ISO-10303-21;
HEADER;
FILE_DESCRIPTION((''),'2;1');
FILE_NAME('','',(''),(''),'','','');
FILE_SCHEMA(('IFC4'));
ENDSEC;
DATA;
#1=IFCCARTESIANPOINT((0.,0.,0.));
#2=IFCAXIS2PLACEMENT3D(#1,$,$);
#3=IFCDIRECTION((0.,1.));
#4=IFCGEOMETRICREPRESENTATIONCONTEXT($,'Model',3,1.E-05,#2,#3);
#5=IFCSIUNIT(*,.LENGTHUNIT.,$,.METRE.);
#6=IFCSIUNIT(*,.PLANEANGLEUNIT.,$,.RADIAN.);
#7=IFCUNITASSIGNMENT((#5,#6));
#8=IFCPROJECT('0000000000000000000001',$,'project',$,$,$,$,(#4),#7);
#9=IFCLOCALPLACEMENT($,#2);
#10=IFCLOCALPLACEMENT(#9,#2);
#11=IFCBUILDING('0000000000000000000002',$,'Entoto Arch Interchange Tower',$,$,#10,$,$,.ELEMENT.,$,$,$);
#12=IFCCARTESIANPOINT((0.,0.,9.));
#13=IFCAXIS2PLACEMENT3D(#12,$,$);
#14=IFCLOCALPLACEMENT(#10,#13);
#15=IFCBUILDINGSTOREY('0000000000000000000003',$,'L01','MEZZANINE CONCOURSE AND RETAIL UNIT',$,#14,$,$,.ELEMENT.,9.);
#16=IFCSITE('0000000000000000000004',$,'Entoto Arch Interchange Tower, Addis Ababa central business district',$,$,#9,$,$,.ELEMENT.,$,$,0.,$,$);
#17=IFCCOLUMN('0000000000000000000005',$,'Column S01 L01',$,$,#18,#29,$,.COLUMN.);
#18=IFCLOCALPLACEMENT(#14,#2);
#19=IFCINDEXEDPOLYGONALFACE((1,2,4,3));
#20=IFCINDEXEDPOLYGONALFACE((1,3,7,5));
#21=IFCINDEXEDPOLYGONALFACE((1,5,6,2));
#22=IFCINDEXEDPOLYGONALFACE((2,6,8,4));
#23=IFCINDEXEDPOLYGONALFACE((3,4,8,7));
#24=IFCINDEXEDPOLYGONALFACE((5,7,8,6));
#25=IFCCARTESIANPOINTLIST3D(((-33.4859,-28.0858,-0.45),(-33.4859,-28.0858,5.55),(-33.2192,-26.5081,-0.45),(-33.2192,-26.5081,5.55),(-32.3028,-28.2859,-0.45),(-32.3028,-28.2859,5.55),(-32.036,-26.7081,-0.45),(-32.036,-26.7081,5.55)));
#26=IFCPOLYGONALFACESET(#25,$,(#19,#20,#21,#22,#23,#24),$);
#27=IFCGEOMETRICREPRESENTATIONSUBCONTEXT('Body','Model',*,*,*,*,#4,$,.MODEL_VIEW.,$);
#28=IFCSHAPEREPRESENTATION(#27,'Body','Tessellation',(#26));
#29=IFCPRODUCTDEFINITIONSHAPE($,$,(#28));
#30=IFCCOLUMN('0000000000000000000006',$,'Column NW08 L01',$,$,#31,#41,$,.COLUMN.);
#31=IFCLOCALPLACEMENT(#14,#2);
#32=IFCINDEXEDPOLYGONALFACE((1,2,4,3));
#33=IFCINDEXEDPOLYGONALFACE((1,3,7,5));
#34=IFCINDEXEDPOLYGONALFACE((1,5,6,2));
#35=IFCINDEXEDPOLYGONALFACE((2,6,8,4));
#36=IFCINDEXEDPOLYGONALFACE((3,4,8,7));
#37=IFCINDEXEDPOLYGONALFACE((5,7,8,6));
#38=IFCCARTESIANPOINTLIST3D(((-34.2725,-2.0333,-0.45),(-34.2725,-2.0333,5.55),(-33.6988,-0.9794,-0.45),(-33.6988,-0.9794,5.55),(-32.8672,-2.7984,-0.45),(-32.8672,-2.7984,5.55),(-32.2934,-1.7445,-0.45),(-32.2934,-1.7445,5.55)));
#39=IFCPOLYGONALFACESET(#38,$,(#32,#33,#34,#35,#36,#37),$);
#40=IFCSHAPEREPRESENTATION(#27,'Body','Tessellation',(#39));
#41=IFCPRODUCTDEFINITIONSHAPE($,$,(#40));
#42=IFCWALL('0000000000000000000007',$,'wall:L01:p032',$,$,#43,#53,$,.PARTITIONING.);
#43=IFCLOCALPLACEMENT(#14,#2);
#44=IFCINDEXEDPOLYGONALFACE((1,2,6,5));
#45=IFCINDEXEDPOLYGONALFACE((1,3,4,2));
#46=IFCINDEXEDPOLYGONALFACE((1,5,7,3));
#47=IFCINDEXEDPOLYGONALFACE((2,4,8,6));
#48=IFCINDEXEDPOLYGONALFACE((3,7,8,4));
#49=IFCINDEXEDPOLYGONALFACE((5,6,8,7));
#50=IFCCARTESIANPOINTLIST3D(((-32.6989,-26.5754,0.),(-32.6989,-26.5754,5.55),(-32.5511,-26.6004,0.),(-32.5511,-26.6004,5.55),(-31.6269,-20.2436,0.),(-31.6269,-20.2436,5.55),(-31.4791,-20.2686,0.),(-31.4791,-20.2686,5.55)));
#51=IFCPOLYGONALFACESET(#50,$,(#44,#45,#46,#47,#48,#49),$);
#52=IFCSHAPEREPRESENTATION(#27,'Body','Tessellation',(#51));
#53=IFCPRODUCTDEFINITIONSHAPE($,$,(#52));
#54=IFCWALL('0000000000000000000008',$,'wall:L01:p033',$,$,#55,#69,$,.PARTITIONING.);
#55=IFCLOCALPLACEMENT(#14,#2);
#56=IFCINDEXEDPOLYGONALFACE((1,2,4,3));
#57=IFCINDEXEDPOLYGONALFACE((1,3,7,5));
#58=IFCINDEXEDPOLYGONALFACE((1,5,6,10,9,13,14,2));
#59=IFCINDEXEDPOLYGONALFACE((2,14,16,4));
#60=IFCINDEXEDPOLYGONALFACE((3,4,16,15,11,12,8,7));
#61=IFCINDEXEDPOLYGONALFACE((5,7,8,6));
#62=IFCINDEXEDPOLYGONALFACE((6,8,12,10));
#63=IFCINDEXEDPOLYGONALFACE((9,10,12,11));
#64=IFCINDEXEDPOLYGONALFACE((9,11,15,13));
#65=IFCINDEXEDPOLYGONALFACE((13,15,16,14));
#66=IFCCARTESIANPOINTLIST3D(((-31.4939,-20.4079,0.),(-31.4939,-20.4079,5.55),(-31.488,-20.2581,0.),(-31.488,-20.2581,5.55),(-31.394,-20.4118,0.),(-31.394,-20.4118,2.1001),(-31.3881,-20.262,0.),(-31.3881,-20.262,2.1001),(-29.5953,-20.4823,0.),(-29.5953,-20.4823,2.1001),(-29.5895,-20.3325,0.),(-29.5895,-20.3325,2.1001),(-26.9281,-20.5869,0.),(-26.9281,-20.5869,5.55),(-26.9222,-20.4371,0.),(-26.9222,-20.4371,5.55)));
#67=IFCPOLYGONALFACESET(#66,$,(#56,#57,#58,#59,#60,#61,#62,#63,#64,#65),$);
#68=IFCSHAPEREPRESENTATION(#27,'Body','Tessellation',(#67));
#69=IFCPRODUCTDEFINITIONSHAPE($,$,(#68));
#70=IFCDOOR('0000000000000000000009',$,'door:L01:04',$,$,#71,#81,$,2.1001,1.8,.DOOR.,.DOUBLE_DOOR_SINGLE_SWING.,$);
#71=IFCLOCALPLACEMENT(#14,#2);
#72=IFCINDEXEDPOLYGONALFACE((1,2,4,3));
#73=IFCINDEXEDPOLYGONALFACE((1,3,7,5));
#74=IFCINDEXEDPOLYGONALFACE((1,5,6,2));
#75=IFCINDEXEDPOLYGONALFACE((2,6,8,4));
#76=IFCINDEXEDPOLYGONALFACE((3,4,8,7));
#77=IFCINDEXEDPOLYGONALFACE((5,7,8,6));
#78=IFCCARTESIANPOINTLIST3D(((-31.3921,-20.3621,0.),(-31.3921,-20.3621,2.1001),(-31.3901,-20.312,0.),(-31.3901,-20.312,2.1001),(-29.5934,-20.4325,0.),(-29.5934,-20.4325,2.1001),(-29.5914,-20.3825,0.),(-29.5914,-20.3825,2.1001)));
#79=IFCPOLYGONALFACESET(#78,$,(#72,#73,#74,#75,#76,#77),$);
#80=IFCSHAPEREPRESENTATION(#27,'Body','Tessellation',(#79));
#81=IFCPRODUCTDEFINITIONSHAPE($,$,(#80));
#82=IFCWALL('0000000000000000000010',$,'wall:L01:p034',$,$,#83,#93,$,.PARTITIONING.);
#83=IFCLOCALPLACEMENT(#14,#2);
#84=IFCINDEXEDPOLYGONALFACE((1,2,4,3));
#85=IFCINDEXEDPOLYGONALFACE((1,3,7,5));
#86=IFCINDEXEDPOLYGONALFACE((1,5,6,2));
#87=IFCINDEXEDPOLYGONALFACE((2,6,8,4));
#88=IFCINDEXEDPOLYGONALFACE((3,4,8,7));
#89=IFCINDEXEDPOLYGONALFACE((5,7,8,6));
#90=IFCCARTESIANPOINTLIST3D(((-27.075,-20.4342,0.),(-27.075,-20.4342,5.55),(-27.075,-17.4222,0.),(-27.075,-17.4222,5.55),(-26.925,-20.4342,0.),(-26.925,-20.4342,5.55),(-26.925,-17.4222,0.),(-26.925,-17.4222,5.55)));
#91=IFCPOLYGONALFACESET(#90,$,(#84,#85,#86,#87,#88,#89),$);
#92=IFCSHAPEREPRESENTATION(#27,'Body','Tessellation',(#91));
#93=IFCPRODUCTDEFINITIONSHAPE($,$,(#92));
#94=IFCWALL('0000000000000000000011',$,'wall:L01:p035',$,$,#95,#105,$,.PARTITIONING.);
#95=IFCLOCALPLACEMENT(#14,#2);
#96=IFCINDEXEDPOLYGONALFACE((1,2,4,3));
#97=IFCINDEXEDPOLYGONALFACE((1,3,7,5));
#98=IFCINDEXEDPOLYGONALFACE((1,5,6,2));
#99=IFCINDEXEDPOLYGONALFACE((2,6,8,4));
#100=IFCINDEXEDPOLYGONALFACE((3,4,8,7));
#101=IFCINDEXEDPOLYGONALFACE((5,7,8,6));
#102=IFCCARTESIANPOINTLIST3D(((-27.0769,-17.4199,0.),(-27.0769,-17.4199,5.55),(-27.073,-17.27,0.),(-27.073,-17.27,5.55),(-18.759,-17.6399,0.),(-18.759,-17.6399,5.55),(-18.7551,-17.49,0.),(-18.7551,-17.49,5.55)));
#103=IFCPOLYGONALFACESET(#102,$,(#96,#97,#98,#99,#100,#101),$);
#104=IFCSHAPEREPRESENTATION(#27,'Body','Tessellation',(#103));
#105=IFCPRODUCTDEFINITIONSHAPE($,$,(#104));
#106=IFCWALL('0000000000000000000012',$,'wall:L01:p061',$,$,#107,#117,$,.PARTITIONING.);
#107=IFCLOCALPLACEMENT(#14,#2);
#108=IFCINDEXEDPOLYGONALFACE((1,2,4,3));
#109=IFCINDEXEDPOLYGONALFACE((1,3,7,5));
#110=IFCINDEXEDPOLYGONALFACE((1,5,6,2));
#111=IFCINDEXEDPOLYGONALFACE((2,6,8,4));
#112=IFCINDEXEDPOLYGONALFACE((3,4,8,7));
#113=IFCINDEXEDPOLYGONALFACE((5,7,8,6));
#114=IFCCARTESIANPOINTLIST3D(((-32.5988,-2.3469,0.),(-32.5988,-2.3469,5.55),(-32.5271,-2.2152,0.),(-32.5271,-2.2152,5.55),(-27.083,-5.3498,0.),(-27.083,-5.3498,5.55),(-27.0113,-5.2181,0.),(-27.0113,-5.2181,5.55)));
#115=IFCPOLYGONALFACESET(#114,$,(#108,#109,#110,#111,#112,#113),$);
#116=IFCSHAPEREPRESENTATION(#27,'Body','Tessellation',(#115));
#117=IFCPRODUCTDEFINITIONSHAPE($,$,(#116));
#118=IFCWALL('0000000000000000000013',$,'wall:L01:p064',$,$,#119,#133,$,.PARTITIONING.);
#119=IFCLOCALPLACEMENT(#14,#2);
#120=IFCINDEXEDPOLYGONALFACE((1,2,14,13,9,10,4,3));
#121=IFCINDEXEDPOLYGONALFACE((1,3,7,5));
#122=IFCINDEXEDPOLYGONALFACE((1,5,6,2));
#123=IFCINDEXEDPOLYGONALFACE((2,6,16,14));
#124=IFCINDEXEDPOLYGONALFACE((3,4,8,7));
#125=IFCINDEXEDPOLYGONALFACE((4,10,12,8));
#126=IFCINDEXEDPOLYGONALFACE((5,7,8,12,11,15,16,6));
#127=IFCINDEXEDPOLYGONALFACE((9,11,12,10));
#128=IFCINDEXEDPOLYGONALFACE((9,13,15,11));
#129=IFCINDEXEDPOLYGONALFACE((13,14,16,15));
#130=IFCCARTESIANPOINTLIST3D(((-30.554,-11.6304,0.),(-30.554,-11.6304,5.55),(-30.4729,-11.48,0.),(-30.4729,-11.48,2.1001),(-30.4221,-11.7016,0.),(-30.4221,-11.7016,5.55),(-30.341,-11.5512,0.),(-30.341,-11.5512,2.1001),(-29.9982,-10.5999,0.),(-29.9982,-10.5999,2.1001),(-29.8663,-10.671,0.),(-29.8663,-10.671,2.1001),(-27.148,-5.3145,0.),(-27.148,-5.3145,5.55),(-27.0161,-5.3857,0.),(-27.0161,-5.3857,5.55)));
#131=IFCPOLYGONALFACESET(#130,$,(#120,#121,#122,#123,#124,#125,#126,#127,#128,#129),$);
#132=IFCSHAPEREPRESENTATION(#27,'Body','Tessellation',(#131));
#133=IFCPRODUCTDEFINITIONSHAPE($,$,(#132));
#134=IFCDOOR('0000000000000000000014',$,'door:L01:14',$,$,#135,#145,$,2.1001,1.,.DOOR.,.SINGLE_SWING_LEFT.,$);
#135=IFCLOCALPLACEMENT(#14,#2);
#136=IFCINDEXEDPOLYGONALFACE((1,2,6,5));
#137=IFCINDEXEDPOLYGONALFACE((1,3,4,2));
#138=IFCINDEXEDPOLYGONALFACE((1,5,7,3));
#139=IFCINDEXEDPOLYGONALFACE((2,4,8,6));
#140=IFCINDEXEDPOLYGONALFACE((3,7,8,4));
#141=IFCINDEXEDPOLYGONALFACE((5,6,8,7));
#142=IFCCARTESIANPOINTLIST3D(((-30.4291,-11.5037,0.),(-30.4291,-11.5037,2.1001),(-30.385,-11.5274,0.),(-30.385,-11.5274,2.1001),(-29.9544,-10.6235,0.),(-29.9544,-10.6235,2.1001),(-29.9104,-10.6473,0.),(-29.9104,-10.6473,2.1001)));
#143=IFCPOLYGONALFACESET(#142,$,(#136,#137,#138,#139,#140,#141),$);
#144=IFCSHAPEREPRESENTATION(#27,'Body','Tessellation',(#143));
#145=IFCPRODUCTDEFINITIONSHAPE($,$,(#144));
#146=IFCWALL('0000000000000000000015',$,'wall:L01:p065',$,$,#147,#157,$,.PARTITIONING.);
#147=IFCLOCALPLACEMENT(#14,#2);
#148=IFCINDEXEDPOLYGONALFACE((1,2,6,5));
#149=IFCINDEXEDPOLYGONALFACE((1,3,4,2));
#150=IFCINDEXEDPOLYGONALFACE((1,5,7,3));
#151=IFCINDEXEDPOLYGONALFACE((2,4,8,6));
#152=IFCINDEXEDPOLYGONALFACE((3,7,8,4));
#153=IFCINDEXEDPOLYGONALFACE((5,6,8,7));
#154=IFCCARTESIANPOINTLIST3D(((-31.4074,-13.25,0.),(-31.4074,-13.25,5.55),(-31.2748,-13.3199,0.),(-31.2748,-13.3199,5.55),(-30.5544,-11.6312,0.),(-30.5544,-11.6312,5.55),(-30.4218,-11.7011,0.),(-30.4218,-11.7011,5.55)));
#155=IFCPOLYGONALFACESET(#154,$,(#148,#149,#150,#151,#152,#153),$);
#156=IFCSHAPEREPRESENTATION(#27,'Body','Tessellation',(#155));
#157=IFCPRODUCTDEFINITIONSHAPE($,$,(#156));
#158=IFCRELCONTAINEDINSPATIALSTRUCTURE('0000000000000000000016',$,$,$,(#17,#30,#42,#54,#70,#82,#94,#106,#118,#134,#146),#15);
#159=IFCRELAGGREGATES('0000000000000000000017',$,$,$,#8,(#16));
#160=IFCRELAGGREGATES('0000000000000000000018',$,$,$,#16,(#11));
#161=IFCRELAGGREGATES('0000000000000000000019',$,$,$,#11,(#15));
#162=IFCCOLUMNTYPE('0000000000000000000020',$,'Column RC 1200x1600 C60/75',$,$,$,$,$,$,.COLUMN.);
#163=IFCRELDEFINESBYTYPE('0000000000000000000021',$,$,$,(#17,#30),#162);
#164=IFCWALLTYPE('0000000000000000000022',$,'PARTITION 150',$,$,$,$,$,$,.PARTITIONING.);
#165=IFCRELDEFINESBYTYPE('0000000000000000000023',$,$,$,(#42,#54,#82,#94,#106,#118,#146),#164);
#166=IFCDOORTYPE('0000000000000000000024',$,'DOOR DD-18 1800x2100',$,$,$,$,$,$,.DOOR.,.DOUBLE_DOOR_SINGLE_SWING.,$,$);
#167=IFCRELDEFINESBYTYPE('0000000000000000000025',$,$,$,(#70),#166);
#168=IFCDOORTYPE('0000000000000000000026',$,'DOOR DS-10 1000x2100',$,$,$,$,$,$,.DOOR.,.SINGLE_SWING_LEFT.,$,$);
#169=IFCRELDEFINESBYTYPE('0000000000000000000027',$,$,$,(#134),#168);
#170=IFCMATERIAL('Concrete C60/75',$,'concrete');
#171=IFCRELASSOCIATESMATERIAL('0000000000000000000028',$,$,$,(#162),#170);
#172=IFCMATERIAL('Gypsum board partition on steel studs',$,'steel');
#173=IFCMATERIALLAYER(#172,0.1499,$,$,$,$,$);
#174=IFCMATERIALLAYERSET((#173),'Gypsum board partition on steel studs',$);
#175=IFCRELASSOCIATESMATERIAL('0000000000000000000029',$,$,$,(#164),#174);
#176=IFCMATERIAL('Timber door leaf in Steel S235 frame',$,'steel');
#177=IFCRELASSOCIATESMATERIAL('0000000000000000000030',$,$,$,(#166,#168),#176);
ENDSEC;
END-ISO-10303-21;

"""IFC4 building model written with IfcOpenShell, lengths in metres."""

from ifc_helpers import new_model, si_unit, direction, frame, frame_2d, origin, origin_2d, place, context, subcontext, project, spatial, rectangle, extrude, material, layer, layer_set, material_profile, profile_set, type_object, element, fill, save


model = new_model("IFC4")

# Units and contexts
model_context = context("Model", 3, precision=1e-05, world=origin(), true_north=direction((0.0, 1.0)))
body_context = subcontext(model_context, "Body", "Model", "MODEL_VIEW")
ifc_project = project(units=[si_unit("LENGTHUNIT", "METRE"), si_unit("PLANEANGLEUNIT", "RADIAN")], contexts=[model_context])

# Site, building, storey
site_placement = place(None, origin())
site = spatial("IfcSite", under=ifc_project, at=site_placement, Name="Entoto Arch Interchange Tower, Addis Ababa central business district", CompositionType="ELEMENT", RefElevation=0.0)
building_placement = place(site_placement, origin())
building = spatial("IfcBuilding", under=site, at=building_placement, Name="Entoto Arch Interchange Tower", CompositionType="ELEMENT")
storey_placement = place(building_placement, frame((0.0, 0.0, 9.0)))
storey = spatial("IfcBuildingStorey", under=building, at=storey_placement, Name="L01", Description="MEZZANINE CONCOURSE AND RETAIL UNIT", CompositionType="ELEMENT", Elevation=9.0)

# Columns
ifc_material_1 = material(Name="Concrete C60/75", Category="concrete")
ifc_material_profile = material_profile(ifc_material_1, rectangle(XDim=1.2, YDim=1.6001, at=origin_2d()))
ifc_profile_set = profile_set([ifc_material_profile], Name="Concrete C60/75")
column_type = type_object("IfcColumnType", Name="Column RC 1200x1600 C60/75", PredefinedType="COLUMN", material=ifc_profile_set)
for number, where, z_axis, x_axis, name in (
    (1, (-32.761, -27.397, -0.45), (0.0, 0.0, 1.0), (-0.986005, 0.166717, 0.0), "Column S01 L01"),
    (2, (-33.283, -1.8889, -0.45), (0.0, 0.0, 1.0), (0.47814, 0.878284, 0.0), "Column NW08 L01"),
):
    element("IfcColumn", number, at=place(storey_placement, frame(where, z_axis=z_axis, x_axis=x_axis)), inside=storey, type_object=column_type, Name=name, PredefinedType="COLUMN", context=body_context, shape_type="SweptSolid", body=[
        extrude(rectangle(XDim=1.2, YDim=1.6001, at=origin_2d()), origin(), (0.0, 0.0, 1.0), 6.0),
    ])

# Wall
ifc_material_2 = material(Name="Gypsum board partition on steel studs", Category="steel")
ifc_layer_1 = layer(ifc_material_2, 0.1499)
ifc_layer_set_1 = layer_set([ifc_layer_1], Name="Gypsum board partition on steel studs")
wall_type_1 = type_object("IfcWallType", Name="PARTITION 150", PredefinedType="PARTITIONING", material=ifc_layer_set_1)
wall_1_placement = place(storey_placement, frame((-32.625, -26.5879, 0.0), z_axis=(0.0, 0.0, 1.0), x_axis=(0.166932, 0.985968, 0.0)))
element("IfcWall", 3, at=wall_1_placement, inside=storey, type_object=wall_type_1, Name="wall:L01:p032", PredefinedType="PARTITIONING", context=body_context, shape_type="SweptSolid", body=[
    extrude(rectangle(XDim=6.4219, YDim=0.1499, at=frame_2d((3.2109, 0.0))), origin(), (0.0, 0.0, 1.0), 5.55),
])

# Wall, opening, door
wall_2_placement = place(storey_placement, frame((-31.491, -20.333, 0.0), z_axis=(0.0, 0.0, 1.0), x_axis=(0.999233, -0.039164, 0.0)))
wall_2 = element("IfcWall", 4, at=wall_2_placement, inside=storey, type_object=wall_type_1, Name="wall:L01:p033", PredefinedType="PARTITIONING", context=body_context, shape_type="SweptSolid", body=[
    extrude(rectangle(XDim=4.5693, YDim=0.1499, at=frame_2d((2.2847, 0.0))), origin(), (0.0, 0.0, 1.0), 5.55),
])
opening_1_placement = place(wall_2_placement, frame((0.1001, 0.0, 0.0)))
opening_1 = element("IfcOpeningElement", 5, at=opening_1_placement, cuts=wall_2, PredefinedType="OPENING", context=body_context, shape_type="SweptSolid", body=[
    extrude(rectangle(XDim=1.8, YDim=2.1001, at=frame_2d((0.8999, 1.05))), frame((0.0, 0.085, 0.0), z_axis=(0.0, -1.0, 0.0), x_axis=(1.0, 0.0, 0.0)), (0.0, 0.0, 1.0), 0.1699),
])
ifc_material_3 = material(Name="Timber door leaf in Steel S235 frame", Category="steel")
door_type_1 = type_object("IfcDoorType", Name="DOOR DD-18 1800x2100", OperationType="DOUBLE_DOOR_SINGLE_SWING", PredefinedType="DOOR", material=ifc_material_3)
door_1_placement = place(opening_1_placement, origin())
door_1 = element("IfcDoor", 6, at=door_1_placement, inside=storey, type_object=door_type_1, Name="door:L01:04", OperationType="DOUBLE_DOOR_SINGLE_SWING", OverallHeight=2.1001, OverallWidth=1.8, PredefinedType="DOOR", context=body_context, shape_type="SweptSolid", body=[
    extrude(rectangle(XDim=1.8, YDim=2.1001, at=frame_2d((0.8999, 1.05))), frame((0.0, 0.0249, 0.0), z_axis=(0.0, -1.0, 0.0), x_axis=(1.0, 0.0, 0.0)), (0.0, 0.0, 1.0), 0.05),
])
fill(opening_1, door_1)

# Walls
wall_3_placement = place(storey_placement, frame((-27.0, -20.4341, 0.0), z_axis=(0.0, 0.0, 1.0), x_axis=(0.0, 1.0, 0.0)))
element("IfcWall", 7, at=wall_3_placement, inside=storey, type_object=wall_type_1, Name="wall:L01:p034", PredefinedType="PARTITIONING", context=body_context, shape_type="SweptSolid", body=[
    extrude(rectangle(XDim=3.012, YDim=0.1499, at=frame_2d((1.5059, 0.0))), origin(), (0.0, 0.0, 1.0), 5.55),
])
wall_4_placement = place(storey_placement, frame((-27.075, -17.345, 0.0), z_axis=(0.0, 0.0, 1.0), x_axis=(0.99965, -0.026436, 0.0)))
element("IfcWall", 8, at=wall_4_placement, inside=storey, type_object=wall_type_1, Name="wall:L01:p035", PredefinedType="PARTITIONING", context=body_context, shape_type="SweptSolid", body=[
    extrude(rectangle(XDim=8.3208, YDim=0.1499, at=frame_2d((4.1604, 0.0))), origin(), (0.0, 0.0, 1.0), 5.55),
])
wall_5_placement = place(storey_placement, frame((-27.0471, -5.2839, 0.0), z_axis=(0.0, 0.0, 1.0), x_axis=(-0.878279, 0.478149, 0.0)))
element("IfcWall", 9, at=wall_5_placement, inside=storey, type_object=wall_type_1, Name="wall:L01:p061", PredefinedType="PARTITIONING", context=body_context, shape_type="SweptSolid", body=[
    extrude(rectangle(XDim=6.2803, YDim=0.1499, at=frame_2d((3.1401, 0.0))), origin(), (0.0, 0.0, 1.0), 5.55),
])

# Wall, opening, door
wall_6_placement = place(storey_placement, frame((-27.082, -5.3501, 0.0), z_axis=(0.0, 0.0, 1.0), x_axis=(-0.474654, -0.880173, 0.0)))
wall_6 = element("IfcWall", 10, at=wall_6_placement, inside=storey, type_object=wall_type_1, Name="wall:L01:p064", PredefinedType="PARTITIONING", context=body_context, shape_type="SweptSolid", body=[
    extrude(rectangle(XDim=7.1758, YDim=0.1499, at=frame_2d((3.5879, 0.0))), origin(), (0.0, 0.0, 1.0), 5.55),
])
opening_2_placement = place(wall_6_placement, frame((6.0049, 0.0, 0.0)))
opening_2 = element("IfcOpeningElement", 11, at=opening_2_placement, cuts=wall_6, PredefinedType="OPENING", context=body_context, shape_type="SweptSolid", body=[
    extrude(rectangle(XDim=1.0, YDim=2.1001, at=frame_2d((0.5, 1.05))), frame((0.0, 0.085, 0.0), z_axis=(0.0, -1.0, 0.0), x_axis=(1.0, 0.0, 0.0)), (0.0, 0.0, 1.0), 0.1699),
])
door_type_2 = type_object("IfcDoorType", Name="DOOR DS-10 1000x2100", OperationType="SINGLE_SWING_LEFT", PredefinedType="DOOR", material=ifc_material_3)
door_2_placement = place(opening_2_placement, origin())
door_2 = element("IfcDoor", 12, at=door_2_placement, inside=storey, type_object=door_type_2, Name="door:L01:14", OperationType="SINGLE_SWING_LEFT", OverallHeight=2.1001, OverallWidth=1.0, PredefinedType="DOOR", context=body_context, shape_type="SweptSolid", body=[
    extrude(rectangle(XDim=1.0, YDim=2.1001, at=frame_2d((0.5, 1.05))), frame((0.0, 0.0249, 0.0), z_axis=(0.0, -1.0, 0.0), x_axis=(1.0, 0.0, 0.0)), (0.0, 0.0, 1.0), 0.05),
])
fill(opening_2, door_2)

# Wall
wall_7_placement = place(storey_placement, frame((-30.488, -11.666, 0.0), z_axis=(0.0, 0.0, 1.0), x_axis=(-0.466164, -0.884698, 0.0)))
element("IfcWall", 13, at=wall_7_placement, inside=storey, type_object=wall_type_1, Name="wall:L01:p065", PredefinedType="PARTITIONING", context=body_context, shape_type="SweptSolid", body=[
    extrude(rectangle(XDim=1.8298, YDim=0.1499, at=frame_2d((0.915, 0.0))), origin(), (0.0, 0.0, 1.0), 5.55),
])

save(model, "model.ifc")
